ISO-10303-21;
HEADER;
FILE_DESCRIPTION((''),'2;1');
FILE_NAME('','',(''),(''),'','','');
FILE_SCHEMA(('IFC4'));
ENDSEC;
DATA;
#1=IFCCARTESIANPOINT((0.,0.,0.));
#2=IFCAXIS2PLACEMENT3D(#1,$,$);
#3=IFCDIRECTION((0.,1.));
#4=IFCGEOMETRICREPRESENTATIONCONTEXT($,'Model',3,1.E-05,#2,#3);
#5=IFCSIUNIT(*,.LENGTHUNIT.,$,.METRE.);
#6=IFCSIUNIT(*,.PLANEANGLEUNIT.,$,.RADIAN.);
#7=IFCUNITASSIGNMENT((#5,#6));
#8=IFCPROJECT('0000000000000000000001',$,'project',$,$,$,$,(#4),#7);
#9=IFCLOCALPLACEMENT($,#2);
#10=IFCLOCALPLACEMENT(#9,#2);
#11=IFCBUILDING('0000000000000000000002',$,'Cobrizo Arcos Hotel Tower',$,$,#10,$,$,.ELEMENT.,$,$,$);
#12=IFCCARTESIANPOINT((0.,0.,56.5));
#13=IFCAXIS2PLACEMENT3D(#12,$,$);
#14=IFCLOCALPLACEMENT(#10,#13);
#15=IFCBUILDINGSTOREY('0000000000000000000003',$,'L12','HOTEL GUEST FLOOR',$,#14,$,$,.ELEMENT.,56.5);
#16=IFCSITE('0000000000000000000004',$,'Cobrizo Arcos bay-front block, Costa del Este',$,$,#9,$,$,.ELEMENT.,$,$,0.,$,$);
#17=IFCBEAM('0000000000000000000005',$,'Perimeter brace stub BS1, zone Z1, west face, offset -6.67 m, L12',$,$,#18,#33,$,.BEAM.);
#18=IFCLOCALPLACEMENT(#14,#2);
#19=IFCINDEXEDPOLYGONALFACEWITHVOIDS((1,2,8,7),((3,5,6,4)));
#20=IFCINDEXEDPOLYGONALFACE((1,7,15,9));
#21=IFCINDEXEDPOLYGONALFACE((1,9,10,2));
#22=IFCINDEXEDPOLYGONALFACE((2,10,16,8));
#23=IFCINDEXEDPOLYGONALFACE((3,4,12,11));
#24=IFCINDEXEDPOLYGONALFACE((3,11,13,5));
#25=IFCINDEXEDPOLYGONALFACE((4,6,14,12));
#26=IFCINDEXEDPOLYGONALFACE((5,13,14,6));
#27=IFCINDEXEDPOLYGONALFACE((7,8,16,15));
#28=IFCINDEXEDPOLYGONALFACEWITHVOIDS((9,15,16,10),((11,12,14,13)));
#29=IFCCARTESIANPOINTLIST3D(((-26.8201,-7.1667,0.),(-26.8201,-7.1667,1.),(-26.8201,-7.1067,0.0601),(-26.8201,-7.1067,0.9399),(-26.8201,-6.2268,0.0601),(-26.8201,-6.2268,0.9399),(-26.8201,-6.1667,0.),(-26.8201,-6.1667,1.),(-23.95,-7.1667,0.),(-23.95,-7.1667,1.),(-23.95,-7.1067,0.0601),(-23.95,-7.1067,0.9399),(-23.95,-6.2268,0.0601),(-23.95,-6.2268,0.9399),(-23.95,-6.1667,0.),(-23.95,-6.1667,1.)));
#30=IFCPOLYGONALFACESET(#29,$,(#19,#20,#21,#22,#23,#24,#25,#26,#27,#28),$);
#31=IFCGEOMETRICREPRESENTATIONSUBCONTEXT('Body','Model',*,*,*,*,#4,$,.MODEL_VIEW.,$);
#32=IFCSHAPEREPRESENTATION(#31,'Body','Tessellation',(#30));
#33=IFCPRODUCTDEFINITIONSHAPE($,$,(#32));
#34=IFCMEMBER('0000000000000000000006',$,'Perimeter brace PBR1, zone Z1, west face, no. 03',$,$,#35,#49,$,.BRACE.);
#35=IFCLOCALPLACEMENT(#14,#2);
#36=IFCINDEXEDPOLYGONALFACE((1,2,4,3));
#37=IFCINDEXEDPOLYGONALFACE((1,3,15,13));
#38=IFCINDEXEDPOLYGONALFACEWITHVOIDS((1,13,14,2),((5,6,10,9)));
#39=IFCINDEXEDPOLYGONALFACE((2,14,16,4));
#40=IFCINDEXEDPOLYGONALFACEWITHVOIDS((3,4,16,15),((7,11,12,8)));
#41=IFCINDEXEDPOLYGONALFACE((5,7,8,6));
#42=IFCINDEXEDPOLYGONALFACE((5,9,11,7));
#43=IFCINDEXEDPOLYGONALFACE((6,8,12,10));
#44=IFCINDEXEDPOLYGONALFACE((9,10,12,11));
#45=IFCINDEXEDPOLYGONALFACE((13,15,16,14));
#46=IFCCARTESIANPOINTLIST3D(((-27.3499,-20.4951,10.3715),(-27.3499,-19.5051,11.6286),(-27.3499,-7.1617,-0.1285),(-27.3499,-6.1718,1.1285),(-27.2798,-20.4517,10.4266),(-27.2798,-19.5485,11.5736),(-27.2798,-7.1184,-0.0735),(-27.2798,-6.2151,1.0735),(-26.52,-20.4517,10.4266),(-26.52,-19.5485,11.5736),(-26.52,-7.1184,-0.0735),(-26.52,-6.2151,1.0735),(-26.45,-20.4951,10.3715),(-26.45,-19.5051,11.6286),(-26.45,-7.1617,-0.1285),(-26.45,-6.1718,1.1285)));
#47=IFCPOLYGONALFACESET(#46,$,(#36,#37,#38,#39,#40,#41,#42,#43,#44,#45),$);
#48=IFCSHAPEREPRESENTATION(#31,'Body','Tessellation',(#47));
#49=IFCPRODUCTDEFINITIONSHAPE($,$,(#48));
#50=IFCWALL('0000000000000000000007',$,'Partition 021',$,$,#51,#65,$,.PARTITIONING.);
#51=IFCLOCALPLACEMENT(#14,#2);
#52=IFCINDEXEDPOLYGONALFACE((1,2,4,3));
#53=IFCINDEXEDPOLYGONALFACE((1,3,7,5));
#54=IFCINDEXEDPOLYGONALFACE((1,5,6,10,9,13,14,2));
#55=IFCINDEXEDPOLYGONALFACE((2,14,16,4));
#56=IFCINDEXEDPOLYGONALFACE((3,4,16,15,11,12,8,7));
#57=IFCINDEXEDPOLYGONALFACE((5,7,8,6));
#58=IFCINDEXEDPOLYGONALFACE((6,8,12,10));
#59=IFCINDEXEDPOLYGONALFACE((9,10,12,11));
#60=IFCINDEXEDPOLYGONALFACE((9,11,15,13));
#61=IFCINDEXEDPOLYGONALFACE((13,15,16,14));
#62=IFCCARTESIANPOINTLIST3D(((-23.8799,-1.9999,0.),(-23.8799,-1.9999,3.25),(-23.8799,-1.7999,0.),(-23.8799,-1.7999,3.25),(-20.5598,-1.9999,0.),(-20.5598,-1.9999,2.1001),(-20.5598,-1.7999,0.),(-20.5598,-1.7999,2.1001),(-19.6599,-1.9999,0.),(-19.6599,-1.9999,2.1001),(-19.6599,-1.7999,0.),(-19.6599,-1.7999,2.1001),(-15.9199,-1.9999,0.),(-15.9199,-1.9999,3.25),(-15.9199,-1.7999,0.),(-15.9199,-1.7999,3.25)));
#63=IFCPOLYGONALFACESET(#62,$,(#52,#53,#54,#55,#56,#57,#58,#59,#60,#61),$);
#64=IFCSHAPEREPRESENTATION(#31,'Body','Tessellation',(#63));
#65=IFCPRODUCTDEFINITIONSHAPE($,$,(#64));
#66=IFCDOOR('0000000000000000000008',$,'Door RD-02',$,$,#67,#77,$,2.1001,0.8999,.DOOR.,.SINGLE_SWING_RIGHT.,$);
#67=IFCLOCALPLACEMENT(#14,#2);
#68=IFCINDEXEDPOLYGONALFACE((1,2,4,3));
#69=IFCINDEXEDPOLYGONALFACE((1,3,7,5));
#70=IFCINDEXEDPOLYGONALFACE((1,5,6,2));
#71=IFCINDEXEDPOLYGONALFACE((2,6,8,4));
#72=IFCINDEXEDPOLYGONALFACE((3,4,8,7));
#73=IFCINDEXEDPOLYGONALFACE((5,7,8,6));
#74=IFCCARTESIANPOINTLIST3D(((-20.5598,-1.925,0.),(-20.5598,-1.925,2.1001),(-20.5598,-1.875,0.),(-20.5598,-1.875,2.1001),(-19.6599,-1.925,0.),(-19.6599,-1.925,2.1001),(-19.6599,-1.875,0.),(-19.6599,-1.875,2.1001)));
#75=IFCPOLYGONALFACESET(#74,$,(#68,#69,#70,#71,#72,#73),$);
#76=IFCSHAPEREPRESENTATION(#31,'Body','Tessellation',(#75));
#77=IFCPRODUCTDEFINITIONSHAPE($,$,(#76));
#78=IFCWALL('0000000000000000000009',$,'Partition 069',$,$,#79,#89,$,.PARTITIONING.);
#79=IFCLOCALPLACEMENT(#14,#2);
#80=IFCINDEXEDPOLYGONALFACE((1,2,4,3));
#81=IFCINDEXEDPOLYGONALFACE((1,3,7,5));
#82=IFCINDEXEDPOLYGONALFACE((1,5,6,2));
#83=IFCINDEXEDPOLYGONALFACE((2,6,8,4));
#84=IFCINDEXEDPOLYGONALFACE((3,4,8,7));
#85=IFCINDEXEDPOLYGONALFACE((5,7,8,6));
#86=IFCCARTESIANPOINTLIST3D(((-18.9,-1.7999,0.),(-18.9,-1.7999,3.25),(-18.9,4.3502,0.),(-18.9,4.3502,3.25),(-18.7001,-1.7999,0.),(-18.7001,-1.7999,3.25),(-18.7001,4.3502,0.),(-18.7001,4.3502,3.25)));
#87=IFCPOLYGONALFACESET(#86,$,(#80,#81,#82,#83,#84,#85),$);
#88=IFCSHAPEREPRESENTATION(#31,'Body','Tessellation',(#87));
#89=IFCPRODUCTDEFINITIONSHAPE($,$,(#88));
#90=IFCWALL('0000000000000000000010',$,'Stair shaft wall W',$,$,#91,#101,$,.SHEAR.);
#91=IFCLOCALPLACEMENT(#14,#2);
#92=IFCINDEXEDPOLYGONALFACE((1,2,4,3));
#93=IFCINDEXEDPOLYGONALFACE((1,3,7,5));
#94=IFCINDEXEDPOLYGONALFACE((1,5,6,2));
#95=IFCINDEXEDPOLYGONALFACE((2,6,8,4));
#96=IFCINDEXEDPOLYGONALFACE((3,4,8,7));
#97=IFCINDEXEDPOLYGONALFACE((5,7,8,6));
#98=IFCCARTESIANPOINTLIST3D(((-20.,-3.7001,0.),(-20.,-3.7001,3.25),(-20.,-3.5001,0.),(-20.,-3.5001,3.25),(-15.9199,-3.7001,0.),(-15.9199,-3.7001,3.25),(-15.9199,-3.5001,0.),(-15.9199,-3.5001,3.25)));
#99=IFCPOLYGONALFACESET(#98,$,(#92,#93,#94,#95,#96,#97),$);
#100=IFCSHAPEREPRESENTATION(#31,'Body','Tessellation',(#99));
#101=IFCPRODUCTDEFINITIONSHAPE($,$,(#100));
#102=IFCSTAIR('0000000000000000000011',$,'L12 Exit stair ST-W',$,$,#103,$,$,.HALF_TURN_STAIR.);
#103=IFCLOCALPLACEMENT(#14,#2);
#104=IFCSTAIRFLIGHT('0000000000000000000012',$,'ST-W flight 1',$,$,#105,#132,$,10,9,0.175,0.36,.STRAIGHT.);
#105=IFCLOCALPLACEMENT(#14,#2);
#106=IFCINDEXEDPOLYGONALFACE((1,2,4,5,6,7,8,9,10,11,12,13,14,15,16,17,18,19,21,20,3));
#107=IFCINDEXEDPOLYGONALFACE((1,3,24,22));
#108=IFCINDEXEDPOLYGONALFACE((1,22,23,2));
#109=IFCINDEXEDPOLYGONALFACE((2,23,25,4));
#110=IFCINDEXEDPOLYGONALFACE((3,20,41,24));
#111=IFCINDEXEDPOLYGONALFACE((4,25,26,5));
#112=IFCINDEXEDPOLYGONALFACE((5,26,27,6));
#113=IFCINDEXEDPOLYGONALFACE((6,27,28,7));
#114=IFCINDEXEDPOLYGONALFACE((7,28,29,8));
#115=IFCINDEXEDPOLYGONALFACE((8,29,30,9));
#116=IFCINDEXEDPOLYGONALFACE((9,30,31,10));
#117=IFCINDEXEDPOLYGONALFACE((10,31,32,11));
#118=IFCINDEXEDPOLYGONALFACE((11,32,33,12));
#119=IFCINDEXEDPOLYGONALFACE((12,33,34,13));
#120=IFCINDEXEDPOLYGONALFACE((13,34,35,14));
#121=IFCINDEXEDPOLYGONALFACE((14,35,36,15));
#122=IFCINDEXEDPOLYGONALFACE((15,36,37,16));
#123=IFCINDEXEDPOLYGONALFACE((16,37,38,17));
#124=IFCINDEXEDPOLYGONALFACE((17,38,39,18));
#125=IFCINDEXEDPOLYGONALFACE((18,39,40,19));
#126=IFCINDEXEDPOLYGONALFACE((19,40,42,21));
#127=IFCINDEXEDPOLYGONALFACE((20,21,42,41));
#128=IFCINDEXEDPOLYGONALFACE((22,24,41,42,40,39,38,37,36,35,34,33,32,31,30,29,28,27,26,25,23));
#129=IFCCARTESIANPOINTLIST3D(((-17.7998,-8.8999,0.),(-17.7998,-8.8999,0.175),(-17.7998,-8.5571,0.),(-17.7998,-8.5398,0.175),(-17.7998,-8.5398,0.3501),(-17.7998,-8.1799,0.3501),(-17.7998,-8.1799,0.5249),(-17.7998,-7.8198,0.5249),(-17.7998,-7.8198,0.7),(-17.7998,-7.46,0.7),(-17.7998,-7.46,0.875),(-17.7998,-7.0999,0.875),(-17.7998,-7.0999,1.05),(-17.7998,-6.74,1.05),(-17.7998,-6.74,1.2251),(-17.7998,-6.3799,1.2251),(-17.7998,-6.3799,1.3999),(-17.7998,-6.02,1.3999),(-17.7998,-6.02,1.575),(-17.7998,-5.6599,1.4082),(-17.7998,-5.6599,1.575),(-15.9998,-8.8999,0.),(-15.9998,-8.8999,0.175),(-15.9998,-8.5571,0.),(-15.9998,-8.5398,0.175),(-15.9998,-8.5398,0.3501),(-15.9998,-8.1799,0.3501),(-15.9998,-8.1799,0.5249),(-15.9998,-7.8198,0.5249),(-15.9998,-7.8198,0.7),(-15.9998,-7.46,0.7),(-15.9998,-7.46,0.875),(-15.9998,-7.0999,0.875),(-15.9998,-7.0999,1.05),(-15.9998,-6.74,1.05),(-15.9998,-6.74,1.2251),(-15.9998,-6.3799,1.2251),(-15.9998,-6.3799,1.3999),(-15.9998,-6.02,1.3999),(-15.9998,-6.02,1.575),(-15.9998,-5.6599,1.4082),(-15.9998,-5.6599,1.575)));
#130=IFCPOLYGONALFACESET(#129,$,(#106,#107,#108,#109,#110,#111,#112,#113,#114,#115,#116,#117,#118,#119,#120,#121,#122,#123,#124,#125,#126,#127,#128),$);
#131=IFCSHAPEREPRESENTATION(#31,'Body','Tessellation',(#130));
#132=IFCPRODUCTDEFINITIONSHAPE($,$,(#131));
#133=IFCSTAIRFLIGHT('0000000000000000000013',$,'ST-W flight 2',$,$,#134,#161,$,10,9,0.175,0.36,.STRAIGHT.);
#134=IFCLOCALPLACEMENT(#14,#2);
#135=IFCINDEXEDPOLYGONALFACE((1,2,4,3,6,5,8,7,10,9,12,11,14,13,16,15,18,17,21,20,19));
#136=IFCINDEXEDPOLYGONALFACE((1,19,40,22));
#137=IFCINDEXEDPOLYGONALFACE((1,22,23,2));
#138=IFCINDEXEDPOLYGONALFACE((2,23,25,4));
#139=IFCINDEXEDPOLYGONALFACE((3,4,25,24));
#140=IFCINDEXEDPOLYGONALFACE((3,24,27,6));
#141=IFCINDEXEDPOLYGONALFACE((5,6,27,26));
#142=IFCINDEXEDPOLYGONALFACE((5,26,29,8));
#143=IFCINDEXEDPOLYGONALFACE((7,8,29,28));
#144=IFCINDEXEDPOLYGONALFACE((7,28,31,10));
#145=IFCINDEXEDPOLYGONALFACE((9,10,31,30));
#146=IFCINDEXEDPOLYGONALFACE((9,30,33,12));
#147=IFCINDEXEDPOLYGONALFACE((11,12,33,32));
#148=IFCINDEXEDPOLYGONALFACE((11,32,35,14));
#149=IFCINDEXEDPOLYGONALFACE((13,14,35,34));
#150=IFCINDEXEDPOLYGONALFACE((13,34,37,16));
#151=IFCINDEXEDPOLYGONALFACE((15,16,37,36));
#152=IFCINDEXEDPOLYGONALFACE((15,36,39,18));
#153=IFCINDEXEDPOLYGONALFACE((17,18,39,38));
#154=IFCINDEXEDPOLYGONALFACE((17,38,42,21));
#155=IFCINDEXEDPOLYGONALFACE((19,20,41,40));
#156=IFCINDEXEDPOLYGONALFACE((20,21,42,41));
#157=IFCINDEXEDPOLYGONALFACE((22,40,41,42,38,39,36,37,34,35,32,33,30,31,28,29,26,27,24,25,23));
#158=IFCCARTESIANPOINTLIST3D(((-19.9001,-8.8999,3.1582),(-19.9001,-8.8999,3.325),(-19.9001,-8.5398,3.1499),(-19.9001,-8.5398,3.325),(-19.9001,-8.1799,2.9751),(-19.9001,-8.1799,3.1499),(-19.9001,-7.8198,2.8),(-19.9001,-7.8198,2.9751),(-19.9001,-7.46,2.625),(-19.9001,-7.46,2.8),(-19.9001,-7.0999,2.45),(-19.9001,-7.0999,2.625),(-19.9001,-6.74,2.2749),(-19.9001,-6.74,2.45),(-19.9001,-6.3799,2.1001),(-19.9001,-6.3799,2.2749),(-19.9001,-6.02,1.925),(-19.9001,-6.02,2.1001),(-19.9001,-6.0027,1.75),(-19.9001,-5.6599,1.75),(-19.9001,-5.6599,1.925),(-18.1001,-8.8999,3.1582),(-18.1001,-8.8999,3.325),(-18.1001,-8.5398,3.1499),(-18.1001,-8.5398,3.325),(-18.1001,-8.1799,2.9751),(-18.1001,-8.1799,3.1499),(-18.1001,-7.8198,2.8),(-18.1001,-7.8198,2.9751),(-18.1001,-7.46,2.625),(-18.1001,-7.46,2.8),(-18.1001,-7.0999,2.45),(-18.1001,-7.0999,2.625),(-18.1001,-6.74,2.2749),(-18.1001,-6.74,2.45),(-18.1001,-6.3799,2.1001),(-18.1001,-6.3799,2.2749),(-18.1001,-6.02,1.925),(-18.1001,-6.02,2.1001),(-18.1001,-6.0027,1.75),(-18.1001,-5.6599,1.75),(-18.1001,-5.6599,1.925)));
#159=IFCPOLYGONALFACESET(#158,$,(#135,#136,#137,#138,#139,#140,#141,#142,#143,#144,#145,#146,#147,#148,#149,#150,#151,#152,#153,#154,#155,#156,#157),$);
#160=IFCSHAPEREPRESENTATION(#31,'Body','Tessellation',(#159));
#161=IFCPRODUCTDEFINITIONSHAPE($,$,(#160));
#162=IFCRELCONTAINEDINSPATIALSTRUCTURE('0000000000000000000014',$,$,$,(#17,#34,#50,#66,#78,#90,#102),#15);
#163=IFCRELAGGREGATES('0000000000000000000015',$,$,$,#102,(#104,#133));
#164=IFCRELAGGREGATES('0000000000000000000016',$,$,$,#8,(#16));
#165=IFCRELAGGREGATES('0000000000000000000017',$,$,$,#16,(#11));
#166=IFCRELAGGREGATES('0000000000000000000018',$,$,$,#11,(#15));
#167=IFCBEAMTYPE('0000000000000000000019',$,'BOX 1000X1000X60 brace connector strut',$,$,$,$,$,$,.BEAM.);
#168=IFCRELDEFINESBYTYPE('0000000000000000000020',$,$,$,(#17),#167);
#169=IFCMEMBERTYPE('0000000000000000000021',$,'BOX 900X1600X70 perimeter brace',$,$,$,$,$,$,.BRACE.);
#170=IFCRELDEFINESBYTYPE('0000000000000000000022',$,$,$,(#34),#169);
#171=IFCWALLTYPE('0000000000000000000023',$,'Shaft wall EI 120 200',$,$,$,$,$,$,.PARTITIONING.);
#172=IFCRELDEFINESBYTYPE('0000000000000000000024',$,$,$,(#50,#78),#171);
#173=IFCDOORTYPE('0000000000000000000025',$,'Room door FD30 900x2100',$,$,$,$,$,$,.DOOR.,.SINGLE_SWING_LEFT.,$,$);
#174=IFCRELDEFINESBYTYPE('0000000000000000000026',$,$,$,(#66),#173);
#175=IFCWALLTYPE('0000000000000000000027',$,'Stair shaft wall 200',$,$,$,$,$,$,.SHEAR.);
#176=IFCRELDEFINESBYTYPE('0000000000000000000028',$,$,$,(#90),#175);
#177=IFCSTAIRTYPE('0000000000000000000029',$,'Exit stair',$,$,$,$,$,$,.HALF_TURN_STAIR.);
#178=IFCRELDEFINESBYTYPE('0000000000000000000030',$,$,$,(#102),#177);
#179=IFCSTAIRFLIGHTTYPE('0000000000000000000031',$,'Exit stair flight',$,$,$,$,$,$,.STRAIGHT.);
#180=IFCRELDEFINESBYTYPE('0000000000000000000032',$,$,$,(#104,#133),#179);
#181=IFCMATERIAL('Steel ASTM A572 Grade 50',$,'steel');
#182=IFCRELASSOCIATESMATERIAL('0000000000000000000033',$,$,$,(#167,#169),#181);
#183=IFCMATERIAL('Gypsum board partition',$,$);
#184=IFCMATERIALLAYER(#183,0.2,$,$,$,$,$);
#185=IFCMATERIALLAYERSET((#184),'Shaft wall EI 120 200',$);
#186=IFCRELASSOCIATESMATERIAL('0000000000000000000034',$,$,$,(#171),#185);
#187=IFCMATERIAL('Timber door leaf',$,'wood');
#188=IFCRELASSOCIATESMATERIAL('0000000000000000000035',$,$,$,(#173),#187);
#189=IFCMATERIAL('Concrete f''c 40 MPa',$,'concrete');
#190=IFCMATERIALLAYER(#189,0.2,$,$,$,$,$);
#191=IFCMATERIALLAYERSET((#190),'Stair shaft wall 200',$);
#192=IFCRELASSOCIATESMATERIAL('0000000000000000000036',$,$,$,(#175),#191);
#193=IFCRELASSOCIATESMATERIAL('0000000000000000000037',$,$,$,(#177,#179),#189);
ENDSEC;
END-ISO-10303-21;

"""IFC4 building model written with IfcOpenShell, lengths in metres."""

from ifc_helpers import new_model, si_unit, direction, frame, frame_2d, origin, origin_2d, place, context, subcontext, project, spatial, polyline, rectangle, hollow_rectangle, outline, extrude, material, layer, layer_set, material_profile, profile_set, type_object, element, fill, aggregate, save


model = new_model("IFC4")

# Units and contexts
model_context = context("Model", 3, precision=1e-05, world=origin(), true_north=direction((0.0, 1.0)))
body_context = subcontext(model_context, "Body", "Model", "MODEL_VIEW")
ifc_project = project(units=[si_unit("LENGTHUNIT", "METRE"), si_unit("PLANEANGLEUNIT", "RADIAN")], contexts=[model_context])

# Site, building, storey
site_placement = place(None, origin())
site = spatial("IfcSite", under=ifc_project, at=site_placement, Name="Cobrizo Arcos bay-front block, Costa del Este", CompositionType="ELEMENT", RefElevation=0.0)
building_placement = place(site_placement, origin())
building = spatial("IfcBuilding", under=site, at=building_placement, Name="Cobrizo Arcos Hotel Tower", CompositionType="ELEMENT")
storey_placement = place(building_placement, frame((0.0, 0.0, 56.5)))
storey = spatial("IfcBuildingStorey", under=building, at=storey_placement, Name="L12", Description="HOTEL GUEST FLOOR", CompositionType="ELEMENT", Elevation=56.5)

# Beam
ifc_material_1 = material(Name="Steel ASTM A572 Grade 50", Category="steel")
ifc_material_profile_1 = material_profile(ifc_material_1, hollow_rectangle(XDim=1.0, YDim=1.0, WallThickness=0.0601, at=origin_2d()), Name="BOX 1000X1000X60")
ifc_profile_set_1 = profile_set([ifc_material_profile_1], Name="Steel ASTM A572 Grade 50")
beam_type = type_object("IfcBeamType", Name="BOX 1000X1000X60 brace connector strut", PredefinedType="BEAM", material=ifc_profile_set_1)
beam_placement = place(storey_placement, frame((-23.95, -6.6667, 0.5), z_axis=(-1.0, 0.0, 0.0), x_axis=(0.0, -1.0, 0.0)))
element("IfcBeam", 1, at=beam_placement, inside=storey, type_object=beam_type, Name="Perimeter brace stub BS1, zone Z1, west face, offset -6.67 m, L12", PredefinedType="BEAM", context=body_context, shape_type="SweptSolid", body=[
    extrude(hollow_rectangle(XDim=1.0, YDim=1.0, WallThickness=0.0601, at=origin_2d()), origin(), (0.0, 0.0, 1.0), 2.8701),
])

# Member
ifc_material_profile_2 = material_profile(ifc_material_1, hollow_rectangle(XDim=0.8999, YDim=1.6001, WallThickness=0.0701, at=origin_2d()), Name="BOX 900X1600X70")
ifc_profile_set_2 = profile_set([ifc_material_profile_2], Name="Steel ASTM A572 Grade 50")
member_type = type_object("IfcMemberType", Name="BOX 900X1600X70 perimeter brace", PredefinedType="BRACE", material=ifc_profile_set_2)
member_placement = place(storey_placement, frame((-26.8999, -6.6667, 0.5), z_axis=(0.0, -0.785634, 0.618691), x_axis=(1.0, 0.0, 0.0)))
element("IfcMember", 2, at=member_placement, inside=storey, type_object=member_type, Name="Perimeter brace PBR1, zone Z1, west face, no. 03", PredefinedType="BRACE", context=body_context, shape_type="SweptSolid", body=[
    extrude(hollow_rectangle(XDim=0.8999, YDim=1.6001, WallThickness=0.0701, at=origin_2d()), origin(), (0.0, 0.0, 1.0), 16.9714),
])

# Wall, opening, door
ifc_material_2 = material(Name="Gypsum board partition")
ifc_layer_1 = layer(ifc_material_2, 0.2)
ifc_layer_set_1 = layer_set([ifc_layer_1], Name="Shaft wall EI 120 200")
wall_type_1 = type_object("IfcWallType", Name="Shaft wall EI 120 200", PredefinedType="PARTITIONING", material=ifc_layer_set_1)
wall_1_placement = place(storey_placement, frame((-23.8799, -1.8999, 0.0), z_axis=(0.0, 0.0, 1.0), x_axis=(1.0, 0.0, 0.0)))
wall_1 = element("IfcWall", 3, at=wall_1_placement, inside=storey, type_object=wall_type_1, Name="Partition 021", PredefinedType="PARTITIONING", context=body_context, shape_type="SweptSolid", body=[
    extrude(rectangle(XDim=7.96, YDim=0.2, at=frame_2d((3.98, 0.0))), origin(), (0.0, 0.0, 1.0), 3.25),
])
opening_placement = place(wall_1_placement, frame((3.3201, 0.0, 0.0)))
opening = element("IfcOpeningElement", 4, at=opening_placement, cuts=wall_1, PredefinedType="OPENING", context=body_context, shape_type="SweptSolid", body=[
    extrude(rectangle(XDim=0.8999, YDim=2.1001, at=frame_2d((0.45, 1.05))), frame((0.0, 0.1121, 0.0), z_axis=(0.0, -1.0, 0.0), x_axis=(1.0, 0.0, 0.0)), (0.0, 0.0, 1.0), 0.2239),
])
ifc_material_3 = material(Name="Timber door leaf", Category="wood")
door_type = type_object("IfcDoorType", Name="Room door FD30 900x2100", OperationType="SINGLE_SWING_LEFT", PredefinedType="DOOR", material=ifc_material_3)
door_placement = place(opening_placement, origin())
door = element("IfcDoor", 5, at=door_placement, inside=storey, type_object=door_type, Name="Door RD-02", OperationType="SINGLE_SWING_RIGHT", OverallHeight=2.1001, OverallWidth=0.8999, PredefinedType="DOOR", context=body_context, shape_type="SweptSolid", body=[
    extrude(rectangle(XDim=0.8999, YDim=2.1001, at=frame_2d((0.45, 1.05))), frame((0.0, 0.0249, 0.0), z_axis=(0.0, -1.0, 0.0), x_axis=(1.0, 0.0, 0.0)), (0.0, 0.0, 1.0), 0.05),
])
fill(opening, door)

# Walls
wall_2_placement = place(storey_placement, frame((-18.8, -1.8, 0.0), z_axis=(0.0, 0.0, 1.0), x_axis=(0.0, 1.0, 0.0)))
element("IfcWall", 6, at=wall_2_placement, inside=storey, type_object=wall_type_1, Name="Partition 069", PredefinedType="PARTITIONING", context=body_context, shape_type="SweptSolid", body=[
    extrude(rectangle(XDim=6.1501, YDim=0.2, at=frame_2d((3.0752, 0.0))), origin(), (0.0, 0.0, 1.0), 3.25),
])
ifc_material_4 = material(Name="Concrete f'c 40 MPa", Category="concrete")
ifc_layer_2 = layer(ifc_material_4, 0.2)
ifc_layer_set_2 = layer_set([ifc_layer_2], Name="Stair shaft wall 200")
wall_type_2 = type_object("IfcWallType", Name="Stair shaft wall 200", PredefinedType="SHEAR", material=ifc_layer_set_2)
wall_3_placement = place(storey_placement, frame((-20.0, -3.6001, 0.0), z_axis=(0.0, 0.0, 1.0), x_axis=(1.0, 0.0, 0.0)))
element("IfcWall", 7, at=wall_3_placement, inside=storey, type_object=wall_type_2, Name="Stair shaft wall W", PredefinedType="SHEAR", context=body_context, shape_type="SweptSolid", body=[
    extrude(rectangle(XDim=4.0801, YDim=0.2, at=frame_2d((2.04, 0.0))), origin(), (0.0, 0.0, 1.0), 3.25),
])

# Stair, stair flights
stair_type = type_object("IfcStairType", Name="Exit stair", PredefinedType="HALF_TURN_STAIR", material=ifc_material_4)
stair_placement = place(storey_placement, origin())
stair = element("IfcStair", 8, at=stair_placement, inside=storey, type_object=stair_type, Name="L12 Exit stair ST-W", PredefinedType="HALF_TURN_STAIR")
stair_flight_type = type_object("IfcStairFlightType", Name="Exit stair flight", PredefinedType="STRAIGHT", material=ifc_material_4)
stair_flight_1_placement = place(storey_placement, frame((-16.8999, -8.8999, 0.0), z_axis=(0.0, 0.0, 1.0), x_axis=(0.0, 1.0, 0.0)))
stair_flight_1 = element("IfcStairFlight", 9, at=stair_flight_1_placement, type_object=stair_flight_type, Name="ST-W flight 1", NumberOfRisers=10, NumberOfTreads=9, PredefinedType="STRAIGHT", RiserHeight=0.175, TreadLength=0.36, context=body_context, shape_type="SweptSolid", body=[
    extrude(outline(polyline([(0.0, 0.0), (0.0, 0.175), (0.3601, 0.175), (0.3601, 0.3501), (0.72, 0.3501), (0.72, 0.5249), (1.0801, 0.5249), (1.0801, 0.7), (1.4399, 0.7), (1.4399, 0.875), (1.8, 0.875), (1.8, 1.05), (2.1599, 1.05), (2.1599, 1.2251), (2.52, 1.2251), (2.52, 1.3999), (2.8799, 1.3999), (2.8799, 1.575), (3.24, 1.575), (3.24, 1.75), (3.24, 1.4082), (0.3428, 0.0), (0.0, 0.0)])), frame((0.0, 0.8999, 0.0), z_axis=(0.0, -1.0, 0.0), x_axis=(1.0, 0.0, 0.0)), (0.0, 0.0, 1.0), 1.8),
])
stair_flight_2_placement = place(storey_placement, frame((-19.0, -5.6599, 1.75), z_axis=(0.0, 0.0, 1.0), x_axis=(0.0, -1.0, 0.0)))
stair_flight_2 = element("IfcStairFlight", 10, at=stair_flight_2_placement, type_object=stair_flight_type, Name="ST-W flight 2", NumberOfRisers=10, NumberOfTreads=9, PredefinedType="STRAIGHT", RiserHeight=0.175, TreadLength=0.36, context=body_context, shape_type="SweptSolid", body=[
    extrude(outline(polyline([(0.0, 0.0), (0.0, 0.175), (0.3601, 0.175), (0.3601, 0.3501), (0.72, 0.3501), (0.72, 0.5249), (1.0801, 0.5249), (1.0801, 0.7), (1.4399, 0.7), (1.4399, 0.875), (1.8, 0.875), (1.8, 1.05), (2.1599, 1.05), (2.1599, 1.2251), (2.52, 1.2251), (2.52, 1.3999), (2.8799, 1.3999), (2.8799, 1.575), (3.24, 1.575), (3.24, 1.75), (3.24, 1.4082), (0.3428, 0.0), (0.0, 0.0)])), frame((0.0, 0.8999, 0.0), z_axis=(0.0, -1.0, 0.0), x_axis=(1.0, 0.0, 0.0)), (0.0, 0.0, 1.0), 1.8),
])
aggregate(stair, [stair_flight_1, stair_flight_2])

save(model, "model.ifc")
